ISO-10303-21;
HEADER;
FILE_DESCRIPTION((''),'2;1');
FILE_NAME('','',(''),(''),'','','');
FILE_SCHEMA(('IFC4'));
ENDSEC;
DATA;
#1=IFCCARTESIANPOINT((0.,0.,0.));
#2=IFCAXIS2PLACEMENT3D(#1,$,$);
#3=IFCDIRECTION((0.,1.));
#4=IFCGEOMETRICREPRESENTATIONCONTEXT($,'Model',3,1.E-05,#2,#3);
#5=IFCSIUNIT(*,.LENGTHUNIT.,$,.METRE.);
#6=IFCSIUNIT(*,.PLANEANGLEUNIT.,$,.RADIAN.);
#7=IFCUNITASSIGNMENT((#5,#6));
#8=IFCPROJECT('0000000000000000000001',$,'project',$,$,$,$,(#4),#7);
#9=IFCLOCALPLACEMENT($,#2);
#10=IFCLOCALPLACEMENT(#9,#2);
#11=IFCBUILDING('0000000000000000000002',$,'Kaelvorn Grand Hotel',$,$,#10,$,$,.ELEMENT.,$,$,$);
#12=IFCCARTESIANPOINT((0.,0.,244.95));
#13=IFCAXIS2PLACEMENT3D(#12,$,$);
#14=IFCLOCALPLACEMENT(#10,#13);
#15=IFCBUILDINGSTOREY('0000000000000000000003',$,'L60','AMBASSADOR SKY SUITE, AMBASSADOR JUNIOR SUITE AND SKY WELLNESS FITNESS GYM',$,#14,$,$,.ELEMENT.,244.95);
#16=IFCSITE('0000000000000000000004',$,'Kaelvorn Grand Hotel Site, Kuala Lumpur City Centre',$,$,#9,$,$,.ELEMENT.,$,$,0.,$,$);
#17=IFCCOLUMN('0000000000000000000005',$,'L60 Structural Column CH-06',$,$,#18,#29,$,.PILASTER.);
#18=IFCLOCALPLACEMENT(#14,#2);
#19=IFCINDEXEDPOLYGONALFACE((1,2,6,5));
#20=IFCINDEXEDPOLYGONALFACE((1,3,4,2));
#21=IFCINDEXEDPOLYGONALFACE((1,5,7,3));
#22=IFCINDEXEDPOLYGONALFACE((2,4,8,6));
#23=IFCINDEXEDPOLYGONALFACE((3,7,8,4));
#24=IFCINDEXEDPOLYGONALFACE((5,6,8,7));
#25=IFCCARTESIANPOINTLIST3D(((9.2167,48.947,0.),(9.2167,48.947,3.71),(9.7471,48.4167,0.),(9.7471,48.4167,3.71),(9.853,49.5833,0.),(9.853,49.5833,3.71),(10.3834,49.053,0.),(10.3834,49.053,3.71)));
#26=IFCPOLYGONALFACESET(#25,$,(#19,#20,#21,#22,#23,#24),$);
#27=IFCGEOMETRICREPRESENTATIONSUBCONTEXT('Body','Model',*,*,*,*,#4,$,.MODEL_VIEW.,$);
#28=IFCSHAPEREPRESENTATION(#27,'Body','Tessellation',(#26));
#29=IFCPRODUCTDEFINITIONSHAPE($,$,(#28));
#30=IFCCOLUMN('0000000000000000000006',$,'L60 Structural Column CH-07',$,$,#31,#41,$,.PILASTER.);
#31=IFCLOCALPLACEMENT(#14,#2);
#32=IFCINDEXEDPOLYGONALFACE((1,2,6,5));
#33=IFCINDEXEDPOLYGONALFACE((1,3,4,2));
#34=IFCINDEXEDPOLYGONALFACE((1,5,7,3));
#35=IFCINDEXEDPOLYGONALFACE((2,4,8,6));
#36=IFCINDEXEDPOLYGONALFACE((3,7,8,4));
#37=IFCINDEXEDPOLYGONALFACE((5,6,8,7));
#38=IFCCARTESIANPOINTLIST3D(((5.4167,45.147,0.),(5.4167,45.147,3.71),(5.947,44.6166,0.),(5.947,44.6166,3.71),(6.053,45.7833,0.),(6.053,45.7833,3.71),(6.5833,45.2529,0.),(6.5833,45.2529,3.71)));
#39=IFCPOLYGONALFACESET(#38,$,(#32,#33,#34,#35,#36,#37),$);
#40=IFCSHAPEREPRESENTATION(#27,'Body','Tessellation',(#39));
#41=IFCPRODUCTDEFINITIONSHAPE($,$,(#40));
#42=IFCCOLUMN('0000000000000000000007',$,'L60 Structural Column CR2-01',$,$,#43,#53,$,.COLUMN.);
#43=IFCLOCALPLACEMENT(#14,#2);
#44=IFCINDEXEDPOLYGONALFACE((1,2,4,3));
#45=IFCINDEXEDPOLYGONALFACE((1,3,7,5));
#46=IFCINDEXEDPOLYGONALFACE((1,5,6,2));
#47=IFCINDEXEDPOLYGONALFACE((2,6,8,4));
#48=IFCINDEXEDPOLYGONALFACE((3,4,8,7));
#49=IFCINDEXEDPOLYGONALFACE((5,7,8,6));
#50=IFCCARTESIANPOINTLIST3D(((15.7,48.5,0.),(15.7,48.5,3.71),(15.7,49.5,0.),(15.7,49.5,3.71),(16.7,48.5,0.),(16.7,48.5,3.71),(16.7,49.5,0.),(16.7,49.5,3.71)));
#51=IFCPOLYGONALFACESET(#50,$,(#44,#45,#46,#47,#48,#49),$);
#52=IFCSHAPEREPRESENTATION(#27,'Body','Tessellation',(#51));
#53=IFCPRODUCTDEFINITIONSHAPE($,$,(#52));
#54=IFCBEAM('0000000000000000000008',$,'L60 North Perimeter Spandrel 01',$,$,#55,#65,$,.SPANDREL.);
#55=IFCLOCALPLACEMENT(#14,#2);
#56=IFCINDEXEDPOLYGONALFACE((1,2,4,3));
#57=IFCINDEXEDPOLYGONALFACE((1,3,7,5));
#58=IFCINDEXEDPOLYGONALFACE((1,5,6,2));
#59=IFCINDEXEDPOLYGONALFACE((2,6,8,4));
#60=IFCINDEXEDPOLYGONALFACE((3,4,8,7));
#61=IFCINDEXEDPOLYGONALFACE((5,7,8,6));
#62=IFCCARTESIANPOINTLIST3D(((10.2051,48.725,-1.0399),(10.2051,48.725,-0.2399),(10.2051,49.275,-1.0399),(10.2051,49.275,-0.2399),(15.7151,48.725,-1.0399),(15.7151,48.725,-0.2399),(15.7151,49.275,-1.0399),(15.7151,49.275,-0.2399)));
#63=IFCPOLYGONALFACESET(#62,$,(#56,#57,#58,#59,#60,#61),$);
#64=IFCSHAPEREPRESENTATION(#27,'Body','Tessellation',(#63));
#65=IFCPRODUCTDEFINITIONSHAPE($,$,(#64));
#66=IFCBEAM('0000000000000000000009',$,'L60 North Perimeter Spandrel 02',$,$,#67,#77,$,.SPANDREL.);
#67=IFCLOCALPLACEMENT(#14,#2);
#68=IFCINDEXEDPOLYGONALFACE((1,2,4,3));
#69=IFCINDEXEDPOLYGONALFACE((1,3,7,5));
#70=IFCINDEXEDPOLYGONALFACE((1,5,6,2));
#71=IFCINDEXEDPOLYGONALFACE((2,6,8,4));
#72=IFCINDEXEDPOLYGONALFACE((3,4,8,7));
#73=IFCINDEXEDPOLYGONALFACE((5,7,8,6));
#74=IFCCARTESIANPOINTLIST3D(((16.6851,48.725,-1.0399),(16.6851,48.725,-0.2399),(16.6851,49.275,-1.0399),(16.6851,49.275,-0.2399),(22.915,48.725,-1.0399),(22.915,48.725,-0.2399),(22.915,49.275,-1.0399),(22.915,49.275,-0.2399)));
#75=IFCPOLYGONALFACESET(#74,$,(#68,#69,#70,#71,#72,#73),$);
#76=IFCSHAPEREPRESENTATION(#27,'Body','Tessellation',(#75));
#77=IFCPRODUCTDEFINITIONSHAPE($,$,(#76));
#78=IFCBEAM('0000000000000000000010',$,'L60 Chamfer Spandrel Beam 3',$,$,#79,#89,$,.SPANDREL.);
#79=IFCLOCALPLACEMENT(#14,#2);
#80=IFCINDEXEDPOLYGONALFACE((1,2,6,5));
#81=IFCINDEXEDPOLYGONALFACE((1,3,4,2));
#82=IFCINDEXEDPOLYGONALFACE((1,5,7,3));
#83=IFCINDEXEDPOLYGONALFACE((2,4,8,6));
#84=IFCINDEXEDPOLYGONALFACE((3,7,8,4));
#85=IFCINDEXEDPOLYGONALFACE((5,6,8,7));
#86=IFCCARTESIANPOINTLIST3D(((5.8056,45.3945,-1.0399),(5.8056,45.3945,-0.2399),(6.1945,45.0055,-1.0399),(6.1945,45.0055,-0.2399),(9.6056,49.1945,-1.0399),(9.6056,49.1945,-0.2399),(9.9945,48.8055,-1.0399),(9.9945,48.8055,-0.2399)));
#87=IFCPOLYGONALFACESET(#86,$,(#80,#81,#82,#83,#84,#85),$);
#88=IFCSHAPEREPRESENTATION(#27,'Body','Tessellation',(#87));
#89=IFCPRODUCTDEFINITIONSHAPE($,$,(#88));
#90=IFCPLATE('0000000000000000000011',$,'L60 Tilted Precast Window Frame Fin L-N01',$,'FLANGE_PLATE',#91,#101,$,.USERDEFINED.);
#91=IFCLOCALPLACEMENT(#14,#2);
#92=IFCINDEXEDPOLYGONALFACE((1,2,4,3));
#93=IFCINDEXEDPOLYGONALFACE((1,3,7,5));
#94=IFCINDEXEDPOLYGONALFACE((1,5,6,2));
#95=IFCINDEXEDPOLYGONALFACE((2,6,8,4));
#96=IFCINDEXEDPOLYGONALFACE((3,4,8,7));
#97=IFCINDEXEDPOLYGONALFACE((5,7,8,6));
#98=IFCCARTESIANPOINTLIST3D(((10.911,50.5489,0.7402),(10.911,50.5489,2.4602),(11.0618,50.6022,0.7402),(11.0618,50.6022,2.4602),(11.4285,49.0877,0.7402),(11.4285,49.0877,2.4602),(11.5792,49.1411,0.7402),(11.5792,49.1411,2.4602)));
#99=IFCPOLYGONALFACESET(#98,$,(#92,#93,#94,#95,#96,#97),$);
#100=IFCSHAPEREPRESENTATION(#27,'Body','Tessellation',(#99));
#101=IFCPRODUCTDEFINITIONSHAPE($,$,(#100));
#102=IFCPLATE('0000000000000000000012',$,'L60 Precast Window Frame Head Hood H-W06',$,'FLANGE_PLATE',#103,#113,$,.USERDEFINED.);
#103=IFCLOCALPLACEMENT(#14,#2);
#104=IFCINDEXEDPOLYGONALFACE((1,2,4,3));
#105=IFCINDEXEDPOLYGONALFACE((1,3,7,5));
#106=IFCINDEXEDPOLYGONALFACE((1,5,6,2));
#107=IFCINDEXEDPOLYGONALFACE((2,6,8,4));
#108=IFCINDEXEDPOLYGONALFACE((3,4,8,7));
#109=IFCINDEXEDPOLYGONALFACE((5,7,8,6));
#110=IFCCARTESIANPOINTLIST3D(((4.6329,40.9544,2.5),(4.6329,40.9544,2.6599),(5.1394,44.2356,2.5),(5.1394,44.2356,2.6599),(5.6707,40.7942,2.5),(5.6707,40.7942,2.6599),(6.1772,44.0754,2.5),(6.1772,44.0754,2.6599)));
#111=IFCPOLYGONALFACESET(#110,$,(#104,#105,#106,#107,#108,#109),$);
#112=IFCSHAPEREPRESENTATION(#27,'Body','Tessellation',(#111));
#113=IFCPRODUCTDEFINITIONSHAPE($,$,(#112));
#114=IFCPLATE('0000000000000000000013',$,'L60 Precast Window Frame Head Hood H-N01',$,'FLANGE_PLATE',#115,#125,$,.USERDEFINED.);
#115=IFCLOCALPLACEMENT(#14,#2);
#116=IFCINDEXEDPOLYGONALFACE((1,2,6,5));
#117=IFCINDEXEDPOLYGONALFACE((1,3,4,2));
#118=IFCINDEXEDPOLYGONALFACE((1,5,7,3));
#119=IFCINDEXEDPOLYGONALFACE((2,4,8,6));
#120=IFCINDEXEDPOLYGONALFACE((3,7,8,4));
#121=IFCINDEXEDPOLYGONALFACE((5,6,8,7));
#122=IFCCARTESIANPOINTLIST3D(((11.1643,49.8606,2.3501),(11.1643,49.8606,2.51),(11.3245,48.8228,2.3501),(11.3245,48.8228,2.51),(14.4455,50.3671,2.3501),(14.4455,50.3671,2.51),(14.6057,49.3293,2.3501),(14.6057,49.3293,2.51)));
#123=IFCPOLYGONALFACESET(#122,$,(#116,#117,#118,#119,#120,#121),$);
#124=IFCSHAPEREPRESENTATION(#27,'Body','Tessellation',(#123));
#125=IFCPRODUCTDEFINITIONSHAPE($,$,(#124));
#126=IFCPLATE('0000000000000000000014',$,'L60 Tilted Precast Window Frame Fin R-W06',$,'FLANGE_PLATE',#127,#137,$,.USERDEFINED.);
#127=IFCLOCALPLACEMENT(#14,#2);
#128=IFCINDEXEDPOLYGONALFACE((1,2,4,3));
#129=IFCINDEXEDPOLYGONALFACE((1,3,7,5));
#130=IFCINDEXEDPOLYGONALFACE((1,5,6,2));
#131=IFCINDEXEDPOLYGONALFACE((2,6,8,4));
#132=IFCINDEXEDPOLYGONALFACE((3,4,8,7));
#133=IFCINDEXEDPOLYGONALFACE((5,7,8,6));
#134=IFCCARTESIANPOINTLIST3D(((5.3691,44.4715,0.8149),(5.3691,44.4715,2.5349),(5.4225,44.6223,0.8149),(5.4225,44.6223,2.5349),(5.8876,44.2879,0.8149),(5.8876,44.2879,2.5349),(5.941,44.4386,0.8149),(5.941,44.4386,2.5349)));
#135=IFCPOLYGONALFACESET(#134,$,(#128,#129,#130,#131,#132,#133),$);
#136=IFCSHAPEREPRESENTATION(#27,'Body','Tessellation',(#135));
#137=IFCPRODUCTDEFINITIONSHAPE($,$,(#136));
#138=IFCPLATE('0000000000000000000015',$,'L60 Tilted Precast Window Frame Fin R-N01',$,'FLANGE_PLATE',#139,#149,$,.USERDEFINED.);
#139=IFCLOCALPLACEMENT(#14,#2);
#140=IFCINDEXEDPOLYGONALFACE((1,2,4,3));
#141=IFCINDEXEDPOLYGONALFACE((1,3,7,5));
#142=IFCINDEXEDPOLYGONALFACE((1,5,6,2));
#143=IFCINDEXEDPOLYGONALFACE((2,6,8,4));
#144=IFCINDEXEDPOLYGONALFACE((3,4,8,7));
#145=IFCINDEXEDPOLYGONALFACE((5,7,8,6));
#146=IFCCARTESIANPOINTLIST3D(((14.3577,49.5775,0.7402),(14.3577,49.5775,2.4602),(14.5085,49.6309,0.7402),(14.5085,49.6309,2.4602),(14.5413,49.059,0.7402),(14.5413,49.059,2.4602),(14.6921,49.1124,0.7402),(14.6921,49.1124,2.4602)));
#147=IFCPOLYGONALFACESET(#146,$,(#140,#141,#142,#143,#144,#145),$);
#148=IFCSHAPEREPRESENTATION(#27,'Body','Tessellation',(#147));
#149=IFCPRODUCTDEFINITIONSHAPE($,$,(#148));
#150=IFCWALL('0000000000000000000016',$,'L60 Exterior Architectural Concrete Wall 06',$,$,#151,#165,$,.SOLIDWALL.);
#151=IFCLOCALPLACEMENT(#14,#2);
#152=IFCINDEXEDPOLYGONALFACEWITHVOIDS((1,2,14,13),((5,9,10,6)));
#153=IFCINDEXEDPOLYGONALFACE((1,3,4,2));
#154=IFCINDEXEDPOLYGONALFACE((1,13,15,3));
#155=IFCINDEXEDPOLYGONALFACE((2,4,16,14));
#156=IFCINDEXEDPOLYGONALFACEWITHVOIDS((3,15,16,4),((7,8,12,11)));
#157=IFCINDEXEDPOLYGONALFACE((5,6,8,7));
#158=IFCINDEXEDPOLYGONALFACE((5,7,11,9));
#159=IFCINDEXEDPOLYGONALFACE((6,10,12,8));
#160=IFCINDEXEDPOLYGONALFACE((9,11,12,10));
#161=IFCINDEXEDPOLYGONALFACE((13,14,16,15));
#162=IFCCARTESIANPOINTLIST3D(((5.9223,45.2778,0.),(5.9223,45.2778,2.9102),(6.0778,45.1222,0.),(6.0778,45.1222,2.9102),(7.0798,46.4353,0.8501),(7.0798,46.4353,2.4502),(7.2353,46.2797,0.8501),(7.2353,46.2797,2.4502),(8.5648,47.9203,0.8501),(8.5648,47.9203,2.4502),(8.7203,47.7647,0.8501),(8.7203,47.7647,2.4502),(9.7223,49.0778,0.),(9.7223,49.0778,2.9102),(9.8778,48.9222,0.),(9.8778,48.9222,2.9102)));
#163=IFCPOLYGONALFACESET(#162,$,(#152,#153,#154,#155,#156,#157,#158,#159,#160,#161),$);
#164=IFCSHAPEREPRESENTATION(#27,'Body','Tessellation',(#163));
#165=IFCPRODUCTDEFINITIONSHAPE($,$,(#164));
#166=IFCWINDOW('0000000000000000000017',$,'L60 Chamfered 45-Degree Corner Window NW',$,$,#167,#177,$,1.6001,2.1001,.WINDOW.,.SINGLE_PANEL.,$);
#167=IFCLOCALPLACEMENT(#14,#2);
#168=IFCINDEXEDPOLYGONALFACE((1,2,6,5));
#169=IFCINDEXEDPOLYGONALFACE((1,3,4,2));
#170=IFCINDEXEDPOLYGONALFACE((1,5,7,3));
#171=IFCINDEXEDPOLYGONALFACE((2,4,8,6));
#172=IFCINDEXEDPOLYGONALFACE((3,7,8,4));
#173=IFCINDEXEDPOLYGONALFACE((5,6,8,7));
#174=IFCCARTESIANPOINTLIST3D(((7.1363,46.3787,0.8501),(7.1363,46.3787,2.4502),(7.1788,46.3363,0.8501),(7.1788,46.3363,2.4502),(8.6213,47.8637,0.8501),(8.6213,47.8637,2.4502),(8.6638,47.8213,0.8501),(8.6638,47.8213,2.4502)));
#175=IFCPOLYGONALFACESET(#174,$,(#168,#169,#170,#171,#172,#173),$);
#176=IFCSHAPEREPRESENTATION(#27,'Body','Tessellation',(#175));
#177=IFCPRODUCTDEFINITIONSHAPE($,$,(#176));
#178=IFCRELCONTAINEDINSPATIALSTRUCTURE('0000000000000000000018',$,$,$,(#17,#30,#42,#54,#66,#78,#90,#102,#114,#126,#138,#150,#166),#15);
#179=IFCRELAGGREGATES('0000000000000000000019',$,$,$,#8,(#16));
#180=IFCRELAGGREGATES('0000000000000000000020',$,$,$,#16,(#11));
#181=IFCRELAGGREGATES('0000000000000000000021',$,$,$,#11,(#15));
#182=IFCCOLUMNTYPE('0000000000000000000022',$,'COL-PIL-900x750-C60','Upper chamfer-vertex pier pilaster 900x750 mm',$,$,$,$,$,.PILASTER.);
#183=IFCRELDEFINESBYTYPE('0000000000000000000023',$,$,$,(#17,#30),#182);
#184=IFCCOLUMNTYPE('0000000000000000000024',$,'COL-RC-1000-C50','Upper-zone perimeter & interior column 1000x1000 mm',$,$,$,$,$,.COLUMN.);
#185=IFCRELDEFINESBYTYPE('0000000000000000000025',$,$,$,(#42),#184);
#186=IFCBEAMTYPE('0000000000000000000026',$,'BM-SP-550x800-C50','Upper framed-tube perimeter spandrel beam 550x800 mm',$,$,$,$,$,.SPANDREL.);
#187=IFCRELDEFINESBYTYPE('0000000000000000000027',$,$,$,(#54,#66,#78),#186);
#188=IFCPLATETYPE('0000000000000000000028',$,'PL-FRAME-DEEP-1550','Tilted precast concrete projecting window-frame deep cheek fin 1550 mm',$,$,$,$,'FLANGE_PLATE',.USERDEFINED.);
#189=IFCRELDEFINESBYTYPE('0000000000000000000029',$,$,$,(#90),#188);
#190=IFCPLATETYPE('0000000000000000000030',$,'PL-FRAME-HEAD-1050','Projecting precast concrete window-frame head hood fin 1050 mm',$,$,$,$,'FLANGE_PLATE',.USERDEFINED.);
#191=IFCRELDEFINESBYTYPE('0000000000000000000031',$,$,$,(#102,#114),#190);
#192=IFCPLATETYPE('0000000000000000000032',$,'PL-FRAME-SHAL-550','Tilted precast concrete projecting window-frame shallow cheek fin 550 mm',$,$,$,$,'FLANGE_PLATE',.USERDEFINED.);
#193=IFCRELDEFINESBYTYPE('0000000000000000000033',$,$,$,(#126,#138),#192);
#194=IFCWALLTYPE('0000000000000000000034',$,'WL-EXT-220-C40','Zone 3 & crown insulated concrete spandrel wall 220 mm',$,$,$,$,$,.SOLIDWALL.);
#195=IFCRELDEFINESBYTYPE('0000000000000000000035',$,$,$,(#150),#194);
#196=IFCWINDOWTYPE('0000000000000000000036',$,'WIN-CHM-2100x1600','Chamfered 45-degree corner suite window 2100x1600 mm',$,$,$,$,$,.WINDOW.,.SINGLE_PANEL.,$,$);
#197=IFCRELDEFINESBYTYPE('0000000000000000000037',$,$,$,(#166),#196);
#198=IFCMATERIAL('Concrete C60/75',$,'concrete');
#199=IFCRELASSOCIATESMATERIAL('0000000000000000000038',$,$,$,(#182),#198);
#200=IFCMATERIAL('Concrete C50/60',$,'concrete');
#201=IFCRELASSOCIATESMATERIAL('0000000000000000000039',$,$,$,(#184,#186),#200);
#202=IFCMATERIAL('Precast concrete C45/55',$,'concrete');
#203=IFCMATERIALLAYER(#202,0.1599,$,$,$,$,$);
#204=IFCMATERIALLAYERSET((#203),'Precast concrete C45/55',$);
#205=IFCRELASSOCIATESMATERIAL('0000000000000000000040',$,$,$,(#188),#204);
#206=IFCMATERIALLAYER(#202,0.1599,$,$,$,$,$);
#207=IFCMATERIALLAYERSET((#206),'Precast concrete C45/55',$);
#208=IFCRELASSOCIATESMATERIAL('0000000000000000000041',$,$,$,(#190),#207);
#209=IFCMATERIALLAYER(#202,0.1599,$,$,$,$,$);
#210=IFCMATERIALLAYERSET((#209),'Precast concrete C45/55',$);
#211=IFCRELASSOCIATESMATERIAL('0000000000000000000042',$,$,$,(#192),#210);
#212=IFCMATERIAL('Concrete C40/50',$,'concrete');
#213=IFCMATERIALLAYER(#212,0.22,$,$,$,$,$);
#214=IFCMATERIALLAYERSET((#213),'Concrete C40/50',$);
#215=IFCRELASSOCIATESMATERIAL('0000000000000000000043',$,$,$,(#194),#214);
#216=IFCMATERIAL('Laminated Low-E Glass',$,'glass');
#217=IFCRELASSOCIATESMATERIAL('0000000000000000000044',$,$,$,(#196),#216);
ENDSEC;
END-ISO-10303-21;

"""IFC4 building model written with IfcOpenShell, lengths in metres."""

from ifc_helpers import new_model, si_unit, direction, frame, frame_2d, origin, origin_2d, place, context, subcontext, project, spatial, rectangle, extrude, material, layer, layer_set, material_profile, profile_set, type_object, element, fill, save


model = new_model("IFC4")

# Units and contexts
model_context = context("Model", 3, precision=1e-05, world=origin(), true_north=direction((0.0, 1.0)))
body_context = subcontext(model_context, "Body", "Model", "MODEL_VIEW")
ifc_project = project(units=[si_unit("LENGTHUNIT", "METRE"), si_unit("PLANEANGLEUNIT", "RADIAN")], contexts=[model_context])

# Site, building, storey
site_placement = place(None, origin())
site = spatial("IfcSite", under=ifc_project, at=site_placement, Name="Kaelvorn Grand Hotel Site, Kuala Lumpur City Centre", CompositionType="ELEMENT", RefElevation=0.0)
building_placement = place(site_placement, origin())
building = spatial("IfcBuilding", under=site, at=building_placement, Name="Kaelvorn Grand Hotel", CompositionType="ELEMENT")
storey_placement = place(building_placement, frame((0.0, 0.0, 244.95)))
storey = spatial("IfcBuildingStorey", under=building, at=storey_placement, Name="L60", Description="AMBASSADOR SKY SUITE, AMBASSADOR JUNIOR SUITE AND SKY WELLNESS FITNESS GYM", CompositionType="ELEMENT", Elevation=244.95)

# Columns
ifc_material_1 = material(Name="Concrete C60/75", Category="concrete")
ifc_material_profile_1 = material_profile(ifc_material_1, rectangle(XDim=0.8999, YDim=0.75, at=origin_2d()), Name="RC PILASTER 900x750")
ifc_profile_set_1 = profile_set([ifc_material_profile_1], Name="Concrete C60/75")
column_type_1 = type_object("IfcColumnType", Name="COL-PIL-900x750-C60", Description="Upper chamfer-vertex pier pilaster 900x750 mm", PredefinedType="PILASTER", material=ifc_profile_set_1)
for number, where, z_axis, x_axis, name in (
    (1, (9.8, 49.0, 0.0), (0.0, 0.0, 1.0), (0.707107, 0.707107, 0.0), "L60 Structural Column CH-06"),
    (2, (6.0, 45.2, 0.0), (0.0, 0.0, 1.0), (0.707107, 0.707107, 0.0), "L60 Structural Column CH-07"),
):
    element("IfcColumn", number, at=place(storey_placement, frame(where, z_axis=z_axis, x_axis=x_axis)), inside=storey, type_object=column_type_1, Name=name, PredefinedType="PILASTER", context=body_context, shape_type="SweptSolid", body=[
        extrude(rectangle(XDim=0.8999, YDim=0.75, at=origin_2d()), origin(), (0.0, 0.0, 1.0), 3.71),
    ])
ifc_material_2 = material(Name="Concrete C50/60", Category="concrete")
ifc_material_profile_2 = material_profile(ifc_material_2, rectangle(XDim=1.0, YDim=1.0, at=origin_2d()), Name="RC COL 1000x1000")
ifc_profile_set_2 = profile_set([ifc_material_profile_2], Name="Concrete C50/60")
column_type_2 = type_object("IfcColumnType", Name="COL-RC-1000-C50", Description="Upper-zone perimeter & interior column 1000x1000 mm", PredefinedType="COLUMN", material=ifc_profile_set_2)
column_placement = place(storey_placement, frame((16.2, 49.0, 0.0), z_axis=(0.0, 0.0, 1.0), x_axis=(1.0, 0.0, 0.0)))
element("IfcColumn", 3, at=column_placement, inside=storey, type_object=column_type_2, Name="L60 Structural Column CR2-01", PredefinedType="COLUMN", context=body_context, shape_type="SweptSolid", body=[
    extrude(rectangle(XDim=1.0, YDim=1.0, at=origin_2d()), origin(), (0.0, 0.0, 1.0), 3.71),
])

# Beams
ifc_material_profile_3 = material_profile(ifc_material_2, rectangle(XDim=0.55, YDim=0.8, at=origin_2d()), Name="RC SPANDREL 550x800")
ifc_profile_set_3 = profile_set([ifc_material_profile_3], Name="Concrete C50/60")
beam_type = type_object("IfcBeamType", Name="BM-SP-550x800-C50", Description="Upper framed-tube perimeter spandrel beam 550x800 mm", PredefinedType="SPANDREL", material=ifc_profile_set_3)
beam_1_placement = place(storey_placement, frame((10.2051, 49.0, -0.6399), z_axis=(1.0, 0.0, 0.0), x_axis=(0.0, 1.0, 0.0)))
element("IfcBeam", 4, at=beam_1_placement, inside=storey, type_object=beam_type, Name="L60 North Perimeter Spandrel 01", PredefinedType="SPANDREL", context=body_context, shape_type="SweptSolid", body=[
    extrude(rectangle(XDim=0.55, YDim=0.8, at=origin_2d()), origin(), (0.0, 0.0, 1.0), 5.51),
])
beam_2_placement = place(storey_placement, frame((16.6851, 49.0, -0.6399), z_axis=(1.0, 0.0, 0.0), x_axis=(0.0, 1.0, 0.0)))
element("IfcBeam", 5, at=beam_2_placement, inside=storey, type_object=beam_type, Name="L60 North Perimeter Spandrel 02", PredefinedType="SPANDREL", context=body_context, shape_type="SweptSolid", body=[
    extrude(rectangle(XDim=0.55, YDim=0.8, at=origin_2d()), origin(), (0.0, 0.0, 1.0), 6.23),
])
beam_3_placement = place(storey_placement, frame((9.8, 49.0, -0.6399), z_axis=(-0.707107, -0.707107, 0.0), x_axis=(0.707107, -0.707107, 0.0)))
element("IfcBeam", 6, at=beam_3_placement, inside=storey, type_object=beam_type, Name="L60 Chamfer Spandrel Beam 3", PredefinedType="SPANDREL", context=body_context, shape_type="SweptSolid", body=[
    extrude(rectangle(XDim=0.55, YDim=0.8, at=origin_2d()), origin(), (0.0, 0.0, 1.0), 5.374),
])

# Plates
ifc_material_3 = material(Name="Precast concrete C45/55", Category="concrete")
ifc_layer_1 = layer(ifc_material_3, 0.1599)
ifc_layer_set_1 = layer_set([ifc_layer_1], Name="Precast concrete C45/55")
plate_type_1 = type_object("IfcPlateType", Name="PL-FRAME-DEEP-1550", Description="Tilted precast concrete projecting window-frame deep cheek fin 1550 mm", ElementType="FLANGE_PLATE", PredefinedType="USERDEFINED", material=ifc_layer_set_1)
plate_placement = place(storey_placement, frame((11.2451, 49.845, 0.7402), z_axis=(0.0, 0.0, 1.0), x_axis=(0.942641, 0.333807, 0.0)))
element("IfcPlate", 7, at=plate_placement, inside=storey, type_object=plate_type_1, Name="L60 Tilted Precast Window Frame Fin L-N01", ObjectType="FLANGE_PLATE", PredefinedType="USERDEFINED", context=body_context, shape_type="SweptSolid", body=[
    extrude(rectangle(XDim=0.1599, YDim=1.55, at=origin_2d()), origin(), (0.0, 0.0, 1.0), 1.72),
])
ifc_layer_2 = layer(ifc_material_3, 0.1599)
ifc_layer_set_2 = layer_set([ifc_layer_2], Name="Precast concrete C45/55")
plate_type_2 = type_object("IfcPlateType", Name="PL-FRAME-HEAD-1050", Description="Projecting precast concrete window-frame head hood fin 1050 mm", ElementType="FLANGE_PLATE", PredefinedType="USERDEFINED", material=ifc_layer_set_2)
for number, where, z_axis, x_axis, name in (
    (8, (5.405, 42.5149, 2.5), (0.0, 0.0, 1.0), (0.152555, 0.988295, 0.0), "L60 Precast Window Frame Head Hood H-W06"),
    (9, (12.885, 49.595, 2.3501), (0.0, 0.0, 1.0), (0.988295, 0.152555, 0.0), "L60 Precast Window Frame Head Hood H-N01"),
):
    element("IfcPlate", number, at=place(storey_placement, frame(where, z_axis=z_axis, x_axis=x_axis)), inside=storey, type_object=plate_type_2, Name=name, ObjectType="FLANGE_PLATE", PredefinedType="USERDEFINED", context=body_context, shape_type="SweptSolid", body=[
        extrude(rectangle(XDim=3.3201, YDim=1.05, at=origin_2d()), origin(), (0.0, 0.0, 1.0), 0.1599),
    ])
ifc_layer_3 = layer(ifc_material_3, 0.1599)
ifc_layer_set_3 = layer_set([ifc_layer_3], Name="Precast concrete C45/55")
plate_type_3 = type_object("IfcPlateType", Name="PL-FRAME-SHAL-550", Description="Tilted precast concrete projecting window-frame shallow cheek fin 550 mm", ElementType="FLANGE_PLATE", PredefinedType="USERDEFINED", material=ifc_layer_set_3)
for number, where, z_axis, x_axis, name in (
    (10, (5.655, 44.4551, 0.8149), (0.0, 0.0, 1.0), (0.333807, 0.942641, 0.0), "L60 Tilted Precast Window Frame Fin R-W06"),
    (11, (14.5249, 49.345, 0.7402), (0.0, 0.0, 1.0), (0.942641, 0.333807, 0.0), "L60 Tilted Precast Window Frame Fin R-N01"),
):
    element("IfcPlate", number, at=place(storey_placement, frame(where, z_axis=z_axis, x_axis=x_axis)), inside=storey, type_object=plate_type_3, Name=name, ObjectType="FLANGE_PLATE", PredefinedType="USERDEFINED", context=body_context, shape_type="SweptSolid", body=[
        extrude(rectangle(XDim=0.1599, YDim=0.55, at=origin_2d()), origin(), (0.0, 0.0, 1.0), 1.72),
    ])

# Wall, opening, window
ifc_material_4 = material(Name="Concrete C40/50", Category="concrete")
ifc_layer_4 = layer(ifc_material_4, 0.22)
ifc_layer_set_4 = layer_set([ifc_layer_4], Name="Concrete C40/50")
wall_type_1 = type_object("IfcWallType", Name="WL-EXT-220-C40", Description="Zone 3 & crown insulated concrete spandrel wall 220 mm", PredefinedType="SOLIDWALL", material=ifc_layer_set_4)
wall_1_placement = place(storey_placement, frame((9.8, 49.0, 0.0), z_axis=(0.0, 0.0, 1.0), x_axis=(-0.707107, -0.707107, 0.0)))
wall_1 = element("IfcWall", 12, at=wall_1_placement, inside=storey, type_object=wall_type_1, Name="L60 Exterior Architectural Concrete Wall 06", PredefinedType="SOLIDWALL", context=body_context, shape_type="SweptSolid", body=[
    extrude(rectangle(XDim=5.374, YDim=0.22, at=frame_2d((2.687, 0.0))), origin(), (0.0, 0.0, 1.0), 2.9102),
])
opening_1_placement = place(wall_1_placement, frame((1.637, 0.0, 0.8501)))
opening_1 = element("IfcOpeningElement", 13, at=opening_1_placement, cuts=wall_1, PredefinedType="OPENING", context=body_context, shape_type="SweptSolid", body=[
    extrude(rectangle(XDim=2.1001, YDim=1.6001, at=frame_2d((1.05, 0.8))), frame((0.0, 0.1201, 0.0), z_axis=(0.0, -1.0, 0.0), x_axis=(1.0, 0.0, 0.0)), (0.0, 0.0, 1.0), 0.24),
])
ifc_material_5 = material(Name="Laminated Low-E Glass", Category="glass")
window_type_1 = type_object("IfcWindowType", Name="WIN-CHM-2100x1600", Description="Chamfered 45-degree corner suite window 2100x1600 mm", PartitioningType="SINGLE_PANEL", PredefinedType="WINDOW", material=ifc_material_5)
window_1_placement = place(opening_1_placement, origin())
window_1 = element("IfcWindow", 14, at=window_1_placement, inside=storey, type_object=window_type_1, Name="L60 Chamfered 45-Degree Corner Window NW", OverallHeight=1.6001, OverallWidth=2.1001, PartitioningType="SINGLE_PANEL", PredefinedType="WINDOW", context=body_context, shape_type="SweptSolid", body=[
    extrude(rectangle(XDim=2.1001, YDim=1.6001, at=frame_2d((1.05, 0.8))), frame((0.0, 0.03, 0.0), z_axis=(0.0, -1.0, 0.0), x_axis=(1.0, 0.0, 0.0)), (0.0, 0.0, 1.0), 0.0601),
])
fill(opening_1, window_1)

save(model, "model.ifc")
